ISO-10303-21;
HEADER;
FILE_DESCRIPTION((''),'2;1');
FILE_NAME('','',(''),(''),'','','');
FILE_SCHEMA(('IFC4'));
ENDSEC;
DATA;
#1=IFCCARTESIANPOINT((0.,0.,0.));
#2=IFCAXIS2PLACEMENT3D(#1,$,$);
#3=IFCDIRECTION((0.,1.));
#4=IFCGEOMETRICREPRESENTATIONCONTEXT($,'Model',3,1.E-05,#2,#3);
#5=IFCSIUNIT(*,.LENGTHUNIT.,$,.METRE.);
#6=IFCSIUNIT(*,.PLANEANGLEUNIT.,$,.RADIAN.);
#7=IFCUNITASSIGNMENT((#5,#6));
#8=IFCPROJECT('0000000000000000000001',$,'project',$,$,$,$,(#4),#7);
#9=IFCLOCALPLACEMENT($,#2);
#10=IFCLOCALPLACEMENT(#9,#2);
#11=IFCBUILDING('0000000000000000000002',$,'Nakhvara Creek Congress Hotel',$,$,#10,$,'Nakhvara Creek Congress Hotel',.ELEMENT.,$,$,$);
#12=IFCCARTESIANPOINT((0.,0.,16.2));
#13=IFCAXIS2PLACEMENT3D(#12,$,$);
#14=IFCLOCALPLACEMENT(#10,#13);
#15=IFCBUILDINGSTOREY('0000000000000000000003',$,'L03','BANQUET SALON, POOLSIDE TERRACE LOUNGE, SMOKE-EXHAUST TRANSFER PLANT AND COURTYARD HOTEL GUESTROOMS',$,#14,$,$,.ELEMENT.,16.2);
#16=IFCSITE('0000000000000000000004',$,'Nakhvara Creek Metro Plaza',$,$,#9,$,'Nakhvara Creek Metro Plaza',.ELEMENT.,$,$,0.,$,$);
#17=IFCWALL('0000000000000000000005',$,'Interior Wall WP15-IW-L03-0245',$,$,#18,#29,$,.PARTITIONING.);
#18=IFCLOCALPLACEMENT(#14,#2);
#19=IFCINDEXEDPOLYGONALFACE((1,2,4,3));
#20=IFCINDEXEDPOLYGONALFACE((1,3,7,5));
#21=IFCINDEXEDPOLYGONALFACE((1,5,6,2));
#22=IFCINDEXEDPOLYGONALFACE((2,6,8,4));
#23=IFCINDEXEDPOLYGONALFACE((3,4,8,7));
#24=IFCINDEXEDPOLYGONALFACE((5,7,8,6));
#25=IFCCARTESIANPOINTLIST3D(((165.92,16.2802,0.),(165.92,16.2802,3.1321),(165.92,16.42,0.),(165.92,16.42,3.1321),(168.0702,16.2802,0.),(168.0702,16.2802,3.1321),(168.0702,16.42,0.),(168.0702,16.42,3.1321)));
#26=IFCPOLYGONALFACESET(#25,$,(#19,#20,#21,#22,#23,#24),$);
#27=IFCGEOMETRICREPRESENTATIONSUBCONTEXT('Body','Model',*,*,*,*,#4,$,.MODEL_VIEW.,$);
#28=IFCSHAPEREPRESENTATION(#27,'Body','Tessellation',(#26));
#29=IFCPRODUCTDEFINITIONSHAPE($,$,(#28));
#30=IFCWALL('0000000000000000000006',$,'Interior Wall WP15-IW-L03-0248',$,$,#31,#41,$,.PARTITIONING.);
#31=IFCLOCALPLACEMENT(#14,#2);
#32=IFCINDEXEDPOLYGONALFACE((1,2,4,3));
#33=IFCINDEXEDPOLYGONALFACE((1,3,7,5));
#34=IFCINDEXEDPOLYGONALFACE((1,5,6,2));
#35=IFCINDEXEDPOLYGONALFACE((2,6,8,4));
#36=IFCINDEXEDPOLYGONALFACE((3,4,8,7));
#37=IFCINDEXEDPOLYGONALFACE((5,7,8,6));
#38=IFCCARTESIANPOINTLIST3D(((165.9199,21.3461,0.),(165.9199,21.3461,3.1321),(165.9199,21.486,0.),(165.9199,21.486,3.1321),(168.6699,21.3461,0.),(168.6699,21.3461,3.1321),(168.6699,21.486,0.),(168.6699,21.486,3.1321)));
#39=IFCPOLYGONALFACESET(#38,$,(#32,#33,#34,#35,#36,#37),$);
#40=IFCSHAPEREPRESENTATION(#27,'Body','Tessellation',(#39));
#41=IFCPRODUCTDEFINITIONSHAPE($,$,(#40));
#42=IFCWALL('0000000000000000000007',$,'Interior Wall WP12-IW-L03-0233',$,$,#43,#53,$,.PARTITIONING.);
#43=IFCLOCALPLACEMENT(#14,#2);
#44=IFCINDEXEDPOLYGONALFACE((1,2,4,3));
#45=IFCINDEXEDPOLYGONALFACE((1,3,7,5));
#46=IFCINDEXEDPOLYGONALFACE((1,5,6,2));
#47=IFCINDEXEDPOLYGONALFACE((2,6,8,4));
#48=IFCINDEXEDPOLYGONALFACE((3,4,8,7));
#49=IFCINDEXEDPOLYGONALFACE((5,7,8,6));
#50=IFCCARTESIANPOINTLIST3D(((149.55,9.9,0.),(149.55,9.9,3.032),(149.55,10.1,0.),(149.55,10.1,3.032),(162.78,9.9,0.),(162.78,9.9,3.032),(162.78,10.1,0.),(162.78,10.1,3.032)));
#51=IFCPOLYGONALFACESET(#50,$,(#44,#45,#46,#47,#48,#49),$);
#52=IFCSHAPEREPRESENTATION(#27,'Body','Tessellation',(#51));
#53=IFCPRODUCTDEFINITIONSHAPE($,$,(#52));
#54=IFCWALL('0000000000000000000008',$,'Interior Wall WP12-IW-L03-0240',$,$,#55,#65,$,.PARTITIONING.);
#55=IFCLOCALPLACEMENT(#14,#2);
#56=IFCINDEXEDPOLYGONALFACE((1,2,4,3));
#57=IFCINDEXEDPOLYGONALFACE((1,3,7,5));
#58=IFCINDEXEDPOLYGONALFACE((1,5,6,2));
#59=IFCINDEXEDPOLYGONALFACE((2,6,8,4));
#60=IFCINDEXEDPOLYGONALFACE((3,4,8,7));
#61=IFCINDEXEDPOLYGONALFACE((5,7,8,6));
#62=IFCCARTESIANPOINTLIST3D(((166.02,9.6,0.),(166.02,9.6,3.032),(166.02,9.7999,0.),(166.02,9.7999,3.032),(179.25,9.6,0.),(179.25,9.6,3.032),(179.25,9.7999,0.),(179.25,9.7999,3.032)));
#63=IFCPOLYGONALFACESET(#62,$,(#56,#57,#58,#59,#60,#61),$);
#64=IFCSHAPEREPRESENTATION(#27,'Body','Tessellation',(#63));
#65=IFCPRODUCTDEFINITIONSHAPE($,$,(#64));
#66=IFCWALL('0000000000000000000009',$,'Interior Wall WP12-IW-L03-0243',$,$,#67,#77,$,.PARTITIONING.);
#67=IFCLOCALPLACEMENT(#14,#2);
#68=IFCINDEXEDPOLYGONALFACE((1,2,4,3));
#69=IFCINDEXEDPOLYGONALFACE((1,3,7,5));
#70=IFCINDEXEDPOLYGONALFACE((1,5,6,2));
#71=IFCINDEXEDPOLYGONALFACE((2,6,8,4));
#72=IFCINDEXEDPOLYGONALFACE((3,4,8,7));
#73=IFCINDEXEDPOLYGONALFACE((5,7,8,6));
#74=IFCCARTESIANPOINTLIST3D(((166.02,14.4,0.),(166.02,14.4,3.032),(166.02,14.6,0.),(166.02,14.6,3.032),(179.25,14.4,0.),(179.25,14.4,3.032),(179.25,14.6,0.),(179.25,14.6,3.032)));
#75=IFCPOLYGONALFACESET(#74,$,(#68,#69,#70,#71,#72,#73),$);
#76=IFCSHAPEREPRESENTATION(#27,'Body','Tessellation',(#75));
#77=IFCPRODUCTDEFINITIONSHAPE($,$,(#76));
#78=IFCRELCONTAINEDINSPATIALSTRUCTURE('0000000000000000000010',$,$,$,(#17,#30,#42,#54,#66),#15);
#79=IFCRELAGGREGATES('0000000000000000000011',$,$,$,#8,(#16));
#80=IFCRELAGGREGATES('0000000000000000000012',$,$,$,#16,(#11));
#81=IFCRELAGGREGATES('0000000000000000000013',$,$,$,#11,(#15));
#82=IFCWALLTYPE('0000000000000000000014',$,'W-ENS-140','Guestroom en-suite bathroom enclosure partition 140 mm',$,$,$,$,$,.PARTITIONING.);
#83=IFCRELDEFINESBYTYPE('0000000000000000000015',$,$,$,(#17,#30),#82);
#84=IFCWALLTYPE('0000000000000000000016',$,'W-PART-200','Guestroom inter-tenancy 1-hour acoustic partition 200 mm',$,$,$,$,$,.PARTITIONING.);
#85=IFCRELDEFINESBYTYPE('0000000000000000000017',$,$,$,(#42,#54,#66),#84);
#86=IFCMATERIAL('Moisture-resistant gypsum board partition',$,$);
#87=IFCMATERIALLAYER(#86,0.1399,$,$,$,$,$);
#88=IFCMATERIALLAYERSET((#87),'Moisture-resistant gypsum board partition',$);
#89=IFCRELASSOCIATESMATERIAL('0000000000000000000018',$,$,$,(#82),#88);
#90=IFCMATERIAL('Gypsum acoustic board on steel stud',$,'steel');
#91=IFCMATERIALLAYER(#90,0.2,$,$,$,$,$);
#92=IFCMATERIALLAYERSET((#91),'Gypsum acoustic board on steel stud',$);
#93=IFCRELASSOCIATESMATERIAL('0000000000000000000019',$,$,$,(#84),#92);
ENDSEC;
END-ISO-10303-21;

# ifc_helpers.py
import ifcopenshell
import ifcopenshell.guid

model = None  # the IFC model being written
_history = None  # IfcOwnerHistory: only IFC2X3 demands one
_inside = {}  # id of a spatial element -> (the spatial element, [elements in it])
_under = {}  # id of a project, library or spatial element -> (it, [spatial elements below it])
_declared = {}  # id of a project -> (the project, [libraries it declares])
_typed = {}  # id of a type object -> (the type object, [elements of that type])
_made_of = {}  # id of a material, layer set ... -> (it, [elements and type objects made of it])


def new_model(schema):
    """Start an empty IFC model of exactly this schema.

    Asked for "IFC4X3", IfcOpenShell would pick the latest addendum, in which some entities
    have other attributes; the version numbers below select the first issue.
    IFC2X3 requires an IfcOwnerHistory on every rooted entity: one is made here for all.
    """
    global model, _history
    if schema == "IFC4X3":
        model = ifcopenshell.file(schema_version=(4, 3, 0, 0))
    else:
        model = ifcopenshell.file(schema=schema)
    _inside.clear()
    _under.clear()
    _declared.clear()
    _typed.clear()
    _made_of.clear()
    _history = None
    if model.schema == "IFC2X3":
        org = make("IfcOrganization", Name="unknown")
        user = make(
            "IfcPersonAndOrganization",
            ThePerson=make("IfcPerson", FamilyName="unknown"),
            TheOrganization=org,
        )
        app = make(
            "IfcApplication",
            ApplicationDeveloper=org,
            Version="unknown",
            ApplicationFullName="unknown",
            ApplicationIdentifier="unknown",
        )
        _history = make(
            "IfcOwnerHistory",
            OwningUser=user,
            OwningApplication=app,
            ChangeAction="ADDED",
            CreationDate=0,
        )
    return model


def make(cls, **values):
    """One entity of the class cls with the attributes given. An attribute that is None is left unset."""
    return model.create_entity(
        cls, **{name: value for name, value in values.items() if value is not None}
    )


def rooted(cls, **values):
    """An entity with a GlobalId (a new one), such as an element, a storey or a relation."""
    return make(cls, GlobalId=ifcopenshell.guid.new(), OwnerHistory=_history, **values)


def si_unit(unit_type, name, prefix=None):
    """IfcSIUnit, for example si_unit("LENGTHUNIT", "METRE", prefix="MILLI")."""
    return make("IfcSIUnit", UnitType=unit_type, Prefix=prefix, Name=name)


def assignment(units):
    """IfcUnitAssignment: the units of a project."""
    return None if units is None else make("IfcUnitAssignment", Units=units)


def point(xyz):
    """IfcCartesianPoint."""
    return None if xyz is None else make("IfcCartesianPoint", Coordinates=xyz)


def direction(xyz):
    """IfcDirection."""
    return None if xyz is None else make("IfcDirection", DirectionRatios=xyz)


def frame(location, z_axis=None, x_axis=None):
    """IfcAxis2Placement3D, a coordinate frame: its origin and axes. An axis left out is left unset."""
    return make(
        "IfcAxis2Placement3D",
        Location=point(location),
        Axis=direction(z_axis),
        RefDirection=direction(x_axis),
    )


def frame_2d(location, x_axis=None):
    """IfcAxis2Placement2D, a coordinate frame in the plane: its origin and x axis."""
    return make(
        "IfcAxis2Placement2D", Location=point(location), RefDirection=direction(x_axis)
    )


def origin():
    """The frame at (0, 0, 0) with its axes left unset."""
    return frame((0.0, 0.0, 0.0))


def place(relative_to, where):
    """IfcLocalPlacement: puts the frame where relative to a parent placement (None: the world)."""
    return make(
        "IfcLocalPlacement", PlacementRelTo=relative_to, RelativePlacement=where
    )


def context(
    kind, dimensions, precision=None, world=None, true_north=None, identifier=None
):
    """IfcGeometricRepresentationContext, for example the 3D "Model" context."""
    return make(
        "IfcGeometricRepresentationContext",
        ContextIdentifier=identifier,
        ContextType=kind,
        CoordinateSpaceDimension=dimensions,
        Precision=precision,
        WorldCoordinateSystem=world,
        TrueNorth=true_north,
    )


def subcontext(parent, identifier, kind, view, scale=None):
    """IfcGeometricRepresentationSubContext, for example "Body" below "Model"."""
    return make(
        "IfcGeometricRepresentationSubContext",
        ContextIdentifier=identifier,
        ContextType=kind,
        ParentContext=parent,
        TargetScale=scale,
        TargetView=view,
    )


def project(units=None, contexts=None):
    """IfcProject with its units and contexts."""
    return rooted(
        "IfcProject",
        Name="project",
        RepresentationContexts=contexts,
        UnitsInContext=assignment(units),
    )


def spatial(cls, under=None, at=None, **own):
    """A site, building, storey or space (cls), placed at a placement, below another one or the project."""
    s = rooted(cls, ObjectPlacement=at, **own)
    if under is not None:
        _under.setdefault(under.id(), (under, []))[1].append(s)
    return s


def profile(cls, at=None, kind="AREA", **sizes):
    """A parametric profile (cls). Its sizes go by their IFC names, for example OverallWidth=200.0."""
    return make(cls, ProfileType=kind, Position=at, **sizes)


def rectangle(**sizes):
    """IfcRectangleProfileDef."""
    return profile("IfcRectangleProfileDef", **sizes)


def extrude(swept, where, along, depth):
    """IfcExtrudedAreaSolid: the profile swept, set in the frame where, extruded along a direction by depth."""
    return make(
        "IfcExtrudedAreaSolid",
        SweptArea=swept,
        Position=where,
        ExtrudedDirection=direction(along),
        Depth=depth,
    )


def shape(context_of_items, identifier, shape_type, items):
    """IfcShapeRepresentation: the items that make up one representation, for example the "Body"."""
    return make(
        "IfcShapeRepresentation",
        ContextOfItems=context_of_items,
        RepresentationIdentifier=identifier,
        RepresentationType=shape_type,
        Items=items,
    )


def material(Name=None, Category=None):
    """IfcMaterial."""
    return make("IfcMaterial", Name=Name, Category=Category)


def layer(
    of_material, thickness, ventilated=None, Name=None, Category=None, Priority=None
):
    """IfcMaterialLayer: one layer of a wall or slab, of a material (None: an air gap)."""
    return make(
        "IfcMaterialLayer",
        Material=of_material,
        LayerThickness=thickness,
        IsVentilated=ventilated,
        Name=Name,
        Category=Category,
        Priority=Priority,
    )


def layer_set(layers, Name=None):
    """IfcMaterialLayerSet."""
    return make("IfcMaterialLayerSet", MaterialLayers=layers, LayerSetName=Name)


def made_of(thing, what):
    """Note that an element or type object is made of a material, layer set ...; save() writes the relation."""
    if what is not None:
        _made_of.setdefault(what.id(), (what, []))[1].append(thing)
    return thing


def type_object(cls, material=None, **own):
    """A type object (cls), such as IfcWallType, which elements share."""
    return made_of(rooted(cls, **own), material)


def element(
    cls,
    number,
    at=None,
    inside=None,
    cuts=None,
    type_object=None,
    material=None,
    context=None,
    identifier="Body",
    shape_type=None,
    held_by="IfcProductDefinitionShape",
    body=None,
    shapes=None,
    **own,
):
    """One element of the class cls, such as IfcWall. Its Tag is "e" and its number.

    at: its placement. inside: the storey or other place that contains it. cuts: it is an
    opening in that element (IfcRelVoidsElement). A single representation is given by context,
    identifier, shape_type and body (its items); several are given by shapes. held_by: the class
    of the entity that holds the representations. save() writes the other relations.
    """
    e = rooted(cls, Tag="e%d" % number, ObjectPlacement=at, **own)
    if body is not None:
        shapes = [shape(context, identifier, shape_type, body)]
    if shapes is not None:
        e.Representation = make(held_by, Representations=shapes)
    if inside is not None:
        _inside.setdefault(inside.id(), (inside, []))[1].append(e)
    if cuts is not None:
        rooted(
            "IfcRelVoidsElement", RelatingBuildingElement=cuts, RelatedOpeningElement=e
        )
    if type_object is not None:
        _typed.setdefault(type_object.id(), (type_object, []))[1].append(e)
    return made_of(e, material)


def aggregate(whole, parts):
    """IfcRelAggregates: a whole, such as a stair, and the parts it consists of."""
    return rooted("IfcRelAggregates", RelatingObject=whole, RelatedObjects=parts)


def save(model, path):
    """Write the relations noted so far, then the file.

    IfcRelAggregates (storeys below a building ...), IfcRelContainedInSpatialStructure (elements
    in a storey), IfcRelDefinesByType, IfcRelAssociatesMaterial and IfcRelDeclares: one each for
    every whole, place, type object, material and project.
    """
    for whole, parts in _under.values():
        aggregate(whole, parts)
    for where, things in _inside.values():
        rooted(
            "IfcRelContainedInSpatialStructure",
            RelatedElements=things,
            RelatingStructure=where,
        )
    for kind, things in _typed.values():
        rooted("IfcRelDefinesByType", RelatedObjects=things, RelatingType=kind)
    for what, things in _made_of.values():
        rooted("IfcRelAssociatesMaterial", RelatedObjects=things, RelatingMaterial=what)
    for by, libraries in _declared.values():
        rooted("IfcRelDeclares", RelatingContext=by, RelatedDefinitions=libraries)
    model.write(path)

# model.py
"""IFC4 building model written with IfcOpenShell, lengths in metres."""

from ifc_helpers import new_model, si_unit, direction, frame, frame_2d, origin, place, context, subcontext, project, spatial, rectangle, extrude, material, layer, layer_set, type_object, element, save


model = new_model("IFC4")

# Units and contexts
model_context = context("Model", 3, precision=1e-05, world=origin(), true_north=direction((0.0, 1.0)))
body_context = subcontext(model_context, "Body", "Model", "MODEL_VIEW")
ifc_project = project(units=[si_unit("LENGTHUNIT", "METRE"), si_unit("PLANEANGLEUNIT", "RADIAN")], contexts=[model_context])

# Site, building, storey
site_placement = place(None, origin())
site = spatial("IfcSite", under=ifc_project, at=site_placement, Name="Nakhvara Creek Metro Plaza", LongName="Nakhvara Creek Metro Plaza", CompositionType="ELEMENT", RefElevation=0.0)
building_placement = place(site_placement, origin())
building = spatial("IfcBuilding", under=site, at=building_placement, Name="Nakhvara Creek Congress Hotel", LongName="Nakhvara Creek Congress Hotel", CompositionType="ELEMENT")
storey_placement = place(building_placement, frame((0.0, 0.0, 16.2)))
storey = spatial("IfcBuildingStorey", under=building, at=storey_placement, Name="L03", Description="BANQUET SALON, POOLSIDE TERRACE LOUNGE, SMOKE-EXHAUST TRANSFER PLANT AND COURTYARD HOTEL GUESTROOMS", CompositionType="ELEMENT", Elevation=16.2)

# Walls
ifc_material_1 = material(Name="Moisture-resistant gypsum board partition")
ifc_layer_1 = layer(ifc_material_1, 0.1399)
ifc_layer_set_1 = layer_set([ifc_layer_1], Name="Moisture-resistant gypsum board partition")
wall_type_1 = type_object("IfcWallType", Name="W-ENS-140", Description="Guestroom en-suite bathroom enclosure partition 140 mm", PredefinedType="PARTITIONING", material=ifc_layer_set_1)
wall_1_placement = place(storey_placement, frame((165.9199, 16.3501, 0.0), z_axis=(0.0, 0.0, 1.0), x_axis=(1.0, 0.0, 0.0)))
element("IfcWall", 1, at=wall_1_placement, inside=storey, type_object=wall_type_1, Name="Interior Wall WP15-IW-L03-0245", PredefinedType="PARTITIONING", context=body_context, shape_type="SweptSolid", body=[
    extrude(rectangle(XDim=2.1501, YDim=0.1399, at=frame_2d((1.0752, 0.0))), origin(), (0.0, 0.0, 1.0), 3.1321),
])
wall_2_placement = place(storey_placement, frame((165.9199, 21.416, 0.0), z_axis=(0.0, 0.0, 1.0), x_axis=(1.0, 0.0, 0.0)))
element("IfcWall", 2, at=wall_2_placement, inside=storey, type_object=wall_type_1, Name="Interior Wall WP15-IW-L03-0248", PredefinedType="PARTITIONING", context=body_context, shape_type="SweptSolid", body=[
    extrude(rectangle(XDim=2.75, YDim=0.1399, at=frame_2d((1.375, 0.0))), origin(), (0.0, 0.0, 1.0), 3.1321),
])
ifc_material_2 = material(Name="Gypsum acoustic board on steel stud", Category="steel")
ifc_layer_2 = layer(ifc_material_2, 0.2)
ifc_layer_set_2 = layer_set([ifc_layer_2], Name="Gypsum acoustic board on steel stud")
wall_type_2 = type_object("IfcWallType", Name="W-PART-200", Description="Guestroom inter-tenancy 1-hour acoustic partition 200 mm", PredefinedType="PARTITIONING", material=ifc_layer_set_2)
for number, where, z_axis, x_axis, name in (
    (3, (149.55, 10.0, 0.0), (0.0, 0.0, 1.0), (1.0, 0.0, 0.0), "Interior Wall WP12-IW-L03-0233"),
    (4, (166.02, 9.7, 0.0), (0.0, 0.0, 1.0), (1.0, 0.0, 0.0), "Interior Wall WP12-IW-L03-0240"),
    (5, (166.02, 14.5, 0.0), (0.0, 0.0, 1.0), (1.0, 0.0, 0.0), "Interior Wall WP12-IW-L03-0243"),
):
    element("IfcWall", number, at=place(storey_placement, frame(where, z_axis=z_axis, x_axis=x_axis)), inside=storey, type_object=wall_type_2, Name=name, PredefinedType="PARTITIONING", context=body_context, shape_type="SweptSolid", body=[
        extrude(rectangle(XDim=13.23, YDim=0.2, at=frame_2d((6.615, 0.0))), origin(), (0.0, 0.0, 1.0), 3.032),
    ])

save(model, "model.ifc")
